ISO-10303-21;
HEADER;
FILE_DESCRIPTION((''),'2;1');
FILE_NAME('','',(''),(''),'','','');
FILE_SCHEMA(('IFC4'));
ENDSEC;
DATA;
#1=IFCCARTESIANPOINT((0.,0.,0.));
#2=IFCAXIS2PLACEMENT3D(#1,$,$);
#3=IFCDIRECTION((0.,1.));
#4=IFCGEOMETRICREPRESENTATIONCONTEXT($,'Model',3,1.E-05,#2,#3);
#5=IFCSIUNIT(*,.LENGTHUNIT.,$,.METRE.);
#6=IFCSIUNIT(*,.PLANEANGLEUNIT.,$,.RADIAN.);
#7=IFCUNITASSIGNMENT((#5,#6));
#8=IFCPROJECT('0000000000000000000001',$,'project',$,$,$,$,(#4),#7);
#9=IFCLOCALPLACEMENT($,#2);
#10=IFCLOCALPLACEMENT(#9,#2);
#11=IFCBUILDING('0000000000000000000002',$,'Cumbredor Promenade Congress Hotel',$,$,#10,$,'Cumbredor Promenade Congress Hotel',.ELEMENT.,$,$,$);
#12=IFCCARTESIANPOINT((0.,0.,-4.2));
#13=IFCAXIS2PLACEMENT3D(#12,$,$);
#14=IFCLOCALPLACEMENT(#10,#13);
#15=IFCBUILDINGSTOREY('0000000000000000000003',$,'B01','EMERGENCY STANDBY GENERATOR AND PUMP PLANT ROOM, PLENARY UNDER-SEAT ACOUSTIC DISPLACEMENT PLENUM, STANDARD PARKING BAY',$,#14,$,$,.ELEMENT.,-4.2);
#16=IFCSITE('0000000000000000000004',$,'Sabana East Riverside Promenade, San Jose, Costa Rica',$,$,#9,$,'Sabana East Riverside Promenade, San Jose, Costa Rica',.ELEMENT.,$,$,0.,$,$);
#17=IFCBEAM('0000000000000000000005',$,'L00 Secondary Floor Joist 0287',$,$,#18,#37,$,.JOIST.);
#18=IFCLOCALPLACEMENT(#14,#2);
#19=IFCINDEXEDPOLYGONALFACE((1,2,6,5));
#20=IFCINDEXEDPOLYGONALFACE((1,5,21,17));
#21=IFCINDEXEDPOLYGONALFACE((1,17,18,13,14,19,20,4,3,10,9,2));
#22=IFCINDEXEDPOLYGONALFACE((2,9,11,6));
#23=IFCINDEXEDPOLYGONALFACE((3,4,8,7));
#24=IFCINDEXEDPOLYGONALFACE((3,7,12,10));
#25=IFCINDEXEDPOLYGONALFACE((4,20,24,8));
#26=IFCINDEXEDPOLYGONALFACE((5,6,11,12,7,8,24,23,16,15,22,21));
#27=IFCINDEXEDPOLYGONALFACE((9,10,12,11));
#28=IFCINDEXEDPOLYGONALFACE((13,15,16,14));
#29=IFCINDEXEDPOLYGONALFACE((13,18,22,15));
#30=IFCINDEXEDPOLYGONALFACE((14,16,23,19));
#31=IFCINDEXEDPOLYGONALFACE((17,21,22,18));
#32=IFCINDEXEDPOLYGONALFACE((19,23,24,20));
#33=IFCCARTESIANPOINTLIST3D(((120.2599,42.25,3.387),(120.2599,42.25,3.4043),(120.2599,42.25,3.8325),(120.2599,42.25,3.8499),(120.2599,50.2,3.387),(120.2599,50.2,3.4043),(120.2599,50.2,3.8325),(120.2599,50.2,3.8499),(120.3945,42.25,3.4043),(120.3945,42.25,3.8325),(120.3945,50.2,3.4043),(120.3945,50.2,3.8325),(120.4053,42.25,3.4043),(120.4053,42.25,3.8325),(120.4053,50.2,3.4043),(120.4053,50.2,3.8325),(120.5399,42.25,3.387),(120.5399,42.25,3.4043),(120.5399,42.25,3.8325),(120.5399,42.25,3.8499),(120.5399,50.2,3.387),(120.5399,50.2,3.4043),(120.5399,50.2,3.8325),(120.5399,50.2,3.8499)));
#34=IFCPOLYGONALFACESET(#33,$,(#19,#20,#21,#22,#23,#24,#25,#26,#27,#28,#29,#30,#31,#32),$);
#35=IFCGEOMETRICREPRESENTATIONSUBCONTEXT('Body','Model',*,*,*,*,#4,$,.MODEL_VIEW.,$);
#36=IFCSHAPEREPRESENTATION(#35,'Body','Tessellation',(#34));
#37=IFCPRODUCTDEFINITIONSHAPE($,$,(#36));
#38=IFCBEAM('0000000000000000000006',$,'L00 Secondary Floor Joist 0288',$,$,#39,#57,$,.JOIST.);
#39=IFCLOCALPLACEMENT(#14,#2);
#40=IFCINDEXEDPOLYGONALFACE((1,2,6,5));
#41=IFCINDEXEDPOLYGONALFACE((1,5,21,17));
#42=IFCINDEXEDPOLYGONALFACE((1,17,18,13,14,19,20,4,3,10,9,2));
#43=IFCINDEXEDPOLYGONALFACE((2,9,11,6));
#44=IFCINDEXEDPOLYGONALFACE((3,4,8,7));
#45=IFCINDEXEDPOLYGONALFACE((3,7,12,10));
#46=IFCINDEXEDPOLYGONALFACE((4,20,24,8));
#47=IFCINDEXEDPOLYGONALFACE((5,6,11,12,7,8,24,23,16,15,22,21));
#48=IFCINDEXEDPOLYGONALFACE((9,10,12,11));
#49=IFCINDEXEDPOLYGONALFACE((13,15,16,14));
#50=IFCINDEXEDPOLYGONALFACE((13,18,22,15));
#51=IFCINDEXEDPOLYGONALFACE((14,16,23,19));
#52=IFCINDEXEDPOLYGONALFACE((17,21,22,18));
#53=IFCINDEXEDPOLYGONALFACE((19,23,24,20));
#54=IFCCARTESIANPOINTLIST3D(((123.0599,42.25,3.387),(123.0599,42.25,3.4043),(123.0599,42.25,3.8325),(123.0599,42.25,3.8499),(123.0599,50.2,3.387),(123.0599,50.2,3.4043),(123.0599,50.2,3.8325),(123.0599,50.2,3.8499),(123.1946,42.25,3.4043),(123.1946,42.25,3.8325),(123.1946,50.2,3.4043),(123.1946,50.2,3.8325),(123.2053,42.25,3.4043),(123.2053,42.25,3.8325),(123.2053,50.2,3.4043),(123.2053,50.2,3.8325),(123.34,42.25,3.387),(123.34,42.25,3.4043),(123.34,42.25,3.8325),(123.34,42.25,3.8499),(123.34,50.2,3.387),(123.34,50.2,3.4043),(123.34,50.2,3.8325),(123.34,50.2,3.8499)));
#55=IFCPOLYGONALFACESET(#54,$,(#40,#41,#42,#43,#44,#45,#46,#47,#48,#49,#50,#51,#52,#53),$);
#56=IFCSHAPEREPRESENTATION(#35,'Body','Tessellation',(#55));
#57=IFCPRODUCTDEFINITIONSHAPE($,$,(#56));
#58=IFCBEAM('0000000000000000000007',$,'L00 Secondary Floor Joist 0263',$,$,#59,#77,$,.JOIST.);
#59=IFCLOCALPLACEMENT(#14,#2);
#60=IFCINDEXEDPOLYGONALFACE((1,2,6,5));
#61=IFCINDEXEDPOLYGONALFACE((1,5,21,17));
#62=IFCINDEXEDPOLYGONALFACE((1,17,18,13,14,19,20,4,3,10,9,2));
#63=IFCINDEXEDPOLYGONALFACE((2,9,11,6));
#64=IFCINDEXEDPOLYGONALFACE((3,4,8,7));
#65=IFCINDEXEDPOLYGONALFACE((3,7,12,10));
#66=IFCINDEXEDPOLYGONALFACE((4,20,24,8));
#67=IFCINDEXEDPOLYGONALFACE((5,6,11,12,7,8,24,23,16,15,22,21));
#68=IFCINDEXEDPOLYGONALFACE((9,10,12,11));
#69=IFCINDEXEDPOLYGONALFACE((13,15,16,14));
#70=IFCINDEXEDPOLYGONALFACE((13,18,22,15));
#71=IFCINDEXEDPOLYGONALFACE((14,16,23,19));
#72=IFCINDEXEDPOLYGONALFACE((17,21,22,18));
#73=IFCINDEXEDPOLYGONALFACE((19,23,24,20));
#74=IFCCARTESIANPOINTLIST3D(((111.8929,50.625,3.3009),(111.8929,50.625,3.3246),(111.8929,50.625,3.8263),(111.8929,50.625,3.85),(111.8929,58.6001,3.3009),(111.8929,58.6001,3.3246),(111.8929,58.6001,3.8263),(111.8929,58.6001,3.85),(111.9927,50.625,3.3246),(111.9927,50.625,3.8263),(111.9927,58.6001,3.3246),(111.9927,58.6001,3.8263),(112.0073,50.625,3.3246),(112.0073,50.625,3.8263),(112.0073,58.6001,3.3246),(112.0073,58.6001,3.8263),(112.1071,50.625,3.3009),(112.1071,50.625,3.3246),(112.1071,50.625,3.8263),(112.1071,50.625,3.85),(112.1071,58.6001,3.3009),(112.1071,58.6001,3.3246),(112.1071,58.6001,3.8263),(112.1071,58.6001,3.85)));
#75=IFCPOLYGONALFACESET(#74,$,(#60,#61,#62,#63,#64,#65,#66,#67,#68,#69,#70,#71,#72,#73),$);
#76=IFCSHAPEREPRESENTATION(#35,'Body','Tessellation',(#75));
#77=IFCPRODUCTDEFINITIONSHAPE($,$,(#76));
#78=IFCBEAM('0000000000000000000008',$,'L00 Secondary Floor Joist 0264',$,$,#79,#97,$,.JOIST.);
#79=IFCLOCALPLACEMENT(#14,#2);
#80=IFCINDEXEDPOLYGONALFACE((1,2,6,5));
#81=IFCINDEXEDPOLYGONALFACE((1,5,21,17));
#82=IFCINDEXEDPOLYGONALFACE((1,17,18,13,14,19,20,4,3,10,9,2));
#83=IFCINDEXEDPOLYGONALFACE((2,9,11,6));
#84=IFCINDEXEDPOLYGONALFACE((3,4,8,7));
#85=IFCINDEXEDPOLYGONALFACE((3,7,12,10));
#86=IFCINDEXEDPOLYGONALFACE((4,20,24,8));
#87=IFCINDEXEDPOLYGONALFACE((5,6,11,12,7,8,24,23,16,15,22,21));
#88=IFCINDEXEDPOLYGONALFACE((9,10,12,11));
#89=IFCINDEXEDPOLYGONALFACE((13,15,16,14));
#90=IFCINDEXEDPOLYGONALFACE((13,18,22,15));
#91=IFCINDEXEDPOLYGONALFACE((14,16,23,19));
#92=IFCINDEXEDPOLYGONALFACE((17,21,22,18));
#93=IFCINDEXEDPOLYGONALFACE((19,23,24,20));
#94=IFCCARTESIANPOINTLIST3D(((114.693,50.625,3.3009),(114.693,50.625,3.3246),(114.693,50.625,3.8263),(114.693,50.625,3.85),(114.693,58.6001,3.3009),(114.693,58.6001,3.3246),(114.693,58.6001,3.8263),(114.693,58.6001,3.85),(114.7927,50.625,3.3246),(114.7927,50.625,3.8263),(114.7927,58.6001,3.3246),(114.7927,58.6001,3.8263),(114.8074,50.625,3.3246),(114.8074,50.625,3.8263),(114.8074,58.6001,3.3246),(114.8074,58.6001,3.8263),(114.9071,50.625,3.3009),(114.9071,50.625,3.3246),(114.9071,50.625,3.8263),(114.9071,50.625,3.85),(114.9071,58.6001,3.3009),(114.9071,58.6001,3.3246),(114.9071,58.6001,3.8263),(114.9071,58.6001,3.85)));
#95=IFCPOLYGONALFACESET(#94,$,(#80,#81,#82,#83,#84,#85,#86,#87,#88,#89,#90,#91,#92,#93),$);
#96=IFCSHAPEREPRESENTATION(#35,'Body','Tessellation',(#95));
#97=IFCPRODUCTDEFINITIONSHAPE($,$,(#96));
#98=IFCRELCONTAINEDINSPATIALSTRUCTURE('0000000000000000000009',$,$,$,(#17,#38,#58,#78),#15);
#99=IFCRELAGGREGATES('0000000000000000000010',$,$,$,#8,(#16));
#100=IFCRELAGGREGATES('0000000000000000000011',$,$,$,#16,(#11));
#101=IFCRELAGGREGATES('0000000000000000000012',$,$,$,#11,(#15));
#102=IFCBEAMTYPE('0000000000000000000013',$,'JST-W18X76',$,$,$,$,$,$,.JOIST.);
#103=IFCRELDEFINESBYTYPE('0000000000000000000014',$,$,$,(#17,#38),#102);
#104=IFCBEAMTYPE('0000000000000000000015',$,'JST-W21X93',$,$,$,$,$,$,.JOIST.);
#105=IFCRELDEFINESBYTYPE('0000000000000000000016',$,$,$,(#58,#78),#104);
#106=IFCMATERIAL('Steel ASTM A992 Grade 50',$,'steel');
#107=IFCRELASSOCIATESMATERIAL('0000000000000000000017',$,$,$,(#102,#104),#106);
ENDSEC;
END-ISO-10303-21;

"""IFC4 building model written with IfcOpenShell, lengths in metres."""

from ifc_helpers import new_model, si_unit, direction, frame, origin, origin_2d, place, context, subcontext, project, spatial, i_section, extrude, material, material_profile, profile_set, type_object, element, save


model = new_model("IFC4")

# Units and contexts
model_context = context("Model", 3, precision=1e-05, world=origin(), true_north=direction((0.0, 1.0)))
body_context = subcontext(model_context, "Body", "Model", "MODEL_VIEW")
ifc_project = project(units=[si_unit("LENGTHUNIT", "METRE"), si_unit("PLANEANGLEUNIT", "RADIAN")], contexts=[model_context])

# Site, building, storey
site_placement = place(None, origin())
site = spatial("IfcSite", under=ifc_project, at=site_placement, Name="Sabana East Riverside Promenade, San Jose, Costa Rica", LongName="Sabana East Riverside Promenade, San Jose, Costa Rica", CompositionType="ELEMENT", RefElevation=0.0)
building_placement = place(site_placement, origin())
building = spatial("IfcBuilding", under=site, at=building_placement, Name="Cumbredor Promenade Congress Hotel", LongName="Cumbredor Promenade Congress Hotel", CompositionType="ELEMENT")
storey_placement = place(building_placement, frame((0.0, 0.0, -4.2)))
storey = spatial("IfcBuildingStorey", under=building, at=storey_placement, Name="B01", Description="EMERGENCY STANDBY GENERATOR AND PUMP PLANT ROOM, PLENARY UNDER-SEAT ACOUSTIC DISPLACEMENT PLENUM, STANDARD PARKING BAY", CompositionType="ELEMENT", Elevation=-4.2)

# Beams
ifc_material_1 = material(Name="Steel ASTM A992 Grade 50", Category="steel")
ifc_material_profile_1 = material_profile(ifc_material_1, i_section(OverallWidth=0.28, OverallDepth=0.4629, WebThickness=0.0107, FlangeThickness=0.0173, at=origin_2d()), Name="W18X76")
ifc_profile_set_1 = profile_set([ifc_material_profile_1], Name="Steel ASTM A992 Grade 50")
beam_type_1 = type_object("IfcBeamType", Name="JST-W18X76", PredefinedType="JOIST", material=ifc_profile_set_1)
for number, where, z_axis, x_axis, name in (
    (1, (120.3999, 42.25, 3.6184), (0.0, 1.0, 0.0), (-1.0, 0.0, 0.0), "L00 Secondary Floor Joist 0287"),
    (2, (123.2, 42.25, 3.6184), (0.0, 1.0, 0.0), (-1.0, 0.0, 0.0), "L00 Secondary Floor Joist 0288"),
):
    element("IfcBeam", number, at=place(storey_placement, frame(where, z_axis=z_axis, x_axis=x_axis)), inside=storey, type_object=beam_type_1, Name=name, PredefinedType="JOIST", context=body_context, shape_type="SweptSolid", body=[
        extrude(i_section(OverallWidth=0.28, OverallDepth=0.4629, WebThickness=0.0107, FlangeThickness=0.0173, at=origin_2d()), origin(), (0.0, 0.0, 1.0), 7.95),
    ])
ifc_material_profile_2 = material_profile(ifc_material_1, i_section(OverallWidth=0.2141, OverallDepth=0.5491, WebThickness=0.0146, FlangeThickness=0.0237, at=origin_2d()), Name="W21X93")
ifc_profile_set_2 = profile_set([ifc_material_profile_2], Name="Steel ASTM A992 Grade 50")
beam_type_2 = type_object("IfcBeamType", Name="JST-W21X93", PredefinedType="JOIST", material=ifc_profile_set_2)
for number, where, z_axis, x_axis, name in (
    (3, (112.0, 50.625, 3.5754), (0.0, 1.0, 0.0), (-1.0, 0.0, 0.0), "L00 Secondary Floor Joist 0263"),
    (4, (114.8, 50.625, 3.5754), (0.0, 1.0, 0.0), (-1.0, 0.0, 0.0), "L00 Secondary Floor Joist 0264"),
):
    element("IfcBeam", number, at=place(storey_placement, frame(where, z_axis=z_axis, x_axis=x_axis)), inside=storey, type_object=beam_type_2, Name=name, PredefinedType="JOIST", context=body_context, shape_type="SweptSolid", body=[
        extrude(i_section(OverallWidth=0.2141, OverallDepth=0.5491, WebThickness=0.0146, FlangeThickness=0.0237, at=origin_2d()), origin(), (0.0, 0.0, 1.0), 7.9751),
    ])

save(model, "model.ifc")
